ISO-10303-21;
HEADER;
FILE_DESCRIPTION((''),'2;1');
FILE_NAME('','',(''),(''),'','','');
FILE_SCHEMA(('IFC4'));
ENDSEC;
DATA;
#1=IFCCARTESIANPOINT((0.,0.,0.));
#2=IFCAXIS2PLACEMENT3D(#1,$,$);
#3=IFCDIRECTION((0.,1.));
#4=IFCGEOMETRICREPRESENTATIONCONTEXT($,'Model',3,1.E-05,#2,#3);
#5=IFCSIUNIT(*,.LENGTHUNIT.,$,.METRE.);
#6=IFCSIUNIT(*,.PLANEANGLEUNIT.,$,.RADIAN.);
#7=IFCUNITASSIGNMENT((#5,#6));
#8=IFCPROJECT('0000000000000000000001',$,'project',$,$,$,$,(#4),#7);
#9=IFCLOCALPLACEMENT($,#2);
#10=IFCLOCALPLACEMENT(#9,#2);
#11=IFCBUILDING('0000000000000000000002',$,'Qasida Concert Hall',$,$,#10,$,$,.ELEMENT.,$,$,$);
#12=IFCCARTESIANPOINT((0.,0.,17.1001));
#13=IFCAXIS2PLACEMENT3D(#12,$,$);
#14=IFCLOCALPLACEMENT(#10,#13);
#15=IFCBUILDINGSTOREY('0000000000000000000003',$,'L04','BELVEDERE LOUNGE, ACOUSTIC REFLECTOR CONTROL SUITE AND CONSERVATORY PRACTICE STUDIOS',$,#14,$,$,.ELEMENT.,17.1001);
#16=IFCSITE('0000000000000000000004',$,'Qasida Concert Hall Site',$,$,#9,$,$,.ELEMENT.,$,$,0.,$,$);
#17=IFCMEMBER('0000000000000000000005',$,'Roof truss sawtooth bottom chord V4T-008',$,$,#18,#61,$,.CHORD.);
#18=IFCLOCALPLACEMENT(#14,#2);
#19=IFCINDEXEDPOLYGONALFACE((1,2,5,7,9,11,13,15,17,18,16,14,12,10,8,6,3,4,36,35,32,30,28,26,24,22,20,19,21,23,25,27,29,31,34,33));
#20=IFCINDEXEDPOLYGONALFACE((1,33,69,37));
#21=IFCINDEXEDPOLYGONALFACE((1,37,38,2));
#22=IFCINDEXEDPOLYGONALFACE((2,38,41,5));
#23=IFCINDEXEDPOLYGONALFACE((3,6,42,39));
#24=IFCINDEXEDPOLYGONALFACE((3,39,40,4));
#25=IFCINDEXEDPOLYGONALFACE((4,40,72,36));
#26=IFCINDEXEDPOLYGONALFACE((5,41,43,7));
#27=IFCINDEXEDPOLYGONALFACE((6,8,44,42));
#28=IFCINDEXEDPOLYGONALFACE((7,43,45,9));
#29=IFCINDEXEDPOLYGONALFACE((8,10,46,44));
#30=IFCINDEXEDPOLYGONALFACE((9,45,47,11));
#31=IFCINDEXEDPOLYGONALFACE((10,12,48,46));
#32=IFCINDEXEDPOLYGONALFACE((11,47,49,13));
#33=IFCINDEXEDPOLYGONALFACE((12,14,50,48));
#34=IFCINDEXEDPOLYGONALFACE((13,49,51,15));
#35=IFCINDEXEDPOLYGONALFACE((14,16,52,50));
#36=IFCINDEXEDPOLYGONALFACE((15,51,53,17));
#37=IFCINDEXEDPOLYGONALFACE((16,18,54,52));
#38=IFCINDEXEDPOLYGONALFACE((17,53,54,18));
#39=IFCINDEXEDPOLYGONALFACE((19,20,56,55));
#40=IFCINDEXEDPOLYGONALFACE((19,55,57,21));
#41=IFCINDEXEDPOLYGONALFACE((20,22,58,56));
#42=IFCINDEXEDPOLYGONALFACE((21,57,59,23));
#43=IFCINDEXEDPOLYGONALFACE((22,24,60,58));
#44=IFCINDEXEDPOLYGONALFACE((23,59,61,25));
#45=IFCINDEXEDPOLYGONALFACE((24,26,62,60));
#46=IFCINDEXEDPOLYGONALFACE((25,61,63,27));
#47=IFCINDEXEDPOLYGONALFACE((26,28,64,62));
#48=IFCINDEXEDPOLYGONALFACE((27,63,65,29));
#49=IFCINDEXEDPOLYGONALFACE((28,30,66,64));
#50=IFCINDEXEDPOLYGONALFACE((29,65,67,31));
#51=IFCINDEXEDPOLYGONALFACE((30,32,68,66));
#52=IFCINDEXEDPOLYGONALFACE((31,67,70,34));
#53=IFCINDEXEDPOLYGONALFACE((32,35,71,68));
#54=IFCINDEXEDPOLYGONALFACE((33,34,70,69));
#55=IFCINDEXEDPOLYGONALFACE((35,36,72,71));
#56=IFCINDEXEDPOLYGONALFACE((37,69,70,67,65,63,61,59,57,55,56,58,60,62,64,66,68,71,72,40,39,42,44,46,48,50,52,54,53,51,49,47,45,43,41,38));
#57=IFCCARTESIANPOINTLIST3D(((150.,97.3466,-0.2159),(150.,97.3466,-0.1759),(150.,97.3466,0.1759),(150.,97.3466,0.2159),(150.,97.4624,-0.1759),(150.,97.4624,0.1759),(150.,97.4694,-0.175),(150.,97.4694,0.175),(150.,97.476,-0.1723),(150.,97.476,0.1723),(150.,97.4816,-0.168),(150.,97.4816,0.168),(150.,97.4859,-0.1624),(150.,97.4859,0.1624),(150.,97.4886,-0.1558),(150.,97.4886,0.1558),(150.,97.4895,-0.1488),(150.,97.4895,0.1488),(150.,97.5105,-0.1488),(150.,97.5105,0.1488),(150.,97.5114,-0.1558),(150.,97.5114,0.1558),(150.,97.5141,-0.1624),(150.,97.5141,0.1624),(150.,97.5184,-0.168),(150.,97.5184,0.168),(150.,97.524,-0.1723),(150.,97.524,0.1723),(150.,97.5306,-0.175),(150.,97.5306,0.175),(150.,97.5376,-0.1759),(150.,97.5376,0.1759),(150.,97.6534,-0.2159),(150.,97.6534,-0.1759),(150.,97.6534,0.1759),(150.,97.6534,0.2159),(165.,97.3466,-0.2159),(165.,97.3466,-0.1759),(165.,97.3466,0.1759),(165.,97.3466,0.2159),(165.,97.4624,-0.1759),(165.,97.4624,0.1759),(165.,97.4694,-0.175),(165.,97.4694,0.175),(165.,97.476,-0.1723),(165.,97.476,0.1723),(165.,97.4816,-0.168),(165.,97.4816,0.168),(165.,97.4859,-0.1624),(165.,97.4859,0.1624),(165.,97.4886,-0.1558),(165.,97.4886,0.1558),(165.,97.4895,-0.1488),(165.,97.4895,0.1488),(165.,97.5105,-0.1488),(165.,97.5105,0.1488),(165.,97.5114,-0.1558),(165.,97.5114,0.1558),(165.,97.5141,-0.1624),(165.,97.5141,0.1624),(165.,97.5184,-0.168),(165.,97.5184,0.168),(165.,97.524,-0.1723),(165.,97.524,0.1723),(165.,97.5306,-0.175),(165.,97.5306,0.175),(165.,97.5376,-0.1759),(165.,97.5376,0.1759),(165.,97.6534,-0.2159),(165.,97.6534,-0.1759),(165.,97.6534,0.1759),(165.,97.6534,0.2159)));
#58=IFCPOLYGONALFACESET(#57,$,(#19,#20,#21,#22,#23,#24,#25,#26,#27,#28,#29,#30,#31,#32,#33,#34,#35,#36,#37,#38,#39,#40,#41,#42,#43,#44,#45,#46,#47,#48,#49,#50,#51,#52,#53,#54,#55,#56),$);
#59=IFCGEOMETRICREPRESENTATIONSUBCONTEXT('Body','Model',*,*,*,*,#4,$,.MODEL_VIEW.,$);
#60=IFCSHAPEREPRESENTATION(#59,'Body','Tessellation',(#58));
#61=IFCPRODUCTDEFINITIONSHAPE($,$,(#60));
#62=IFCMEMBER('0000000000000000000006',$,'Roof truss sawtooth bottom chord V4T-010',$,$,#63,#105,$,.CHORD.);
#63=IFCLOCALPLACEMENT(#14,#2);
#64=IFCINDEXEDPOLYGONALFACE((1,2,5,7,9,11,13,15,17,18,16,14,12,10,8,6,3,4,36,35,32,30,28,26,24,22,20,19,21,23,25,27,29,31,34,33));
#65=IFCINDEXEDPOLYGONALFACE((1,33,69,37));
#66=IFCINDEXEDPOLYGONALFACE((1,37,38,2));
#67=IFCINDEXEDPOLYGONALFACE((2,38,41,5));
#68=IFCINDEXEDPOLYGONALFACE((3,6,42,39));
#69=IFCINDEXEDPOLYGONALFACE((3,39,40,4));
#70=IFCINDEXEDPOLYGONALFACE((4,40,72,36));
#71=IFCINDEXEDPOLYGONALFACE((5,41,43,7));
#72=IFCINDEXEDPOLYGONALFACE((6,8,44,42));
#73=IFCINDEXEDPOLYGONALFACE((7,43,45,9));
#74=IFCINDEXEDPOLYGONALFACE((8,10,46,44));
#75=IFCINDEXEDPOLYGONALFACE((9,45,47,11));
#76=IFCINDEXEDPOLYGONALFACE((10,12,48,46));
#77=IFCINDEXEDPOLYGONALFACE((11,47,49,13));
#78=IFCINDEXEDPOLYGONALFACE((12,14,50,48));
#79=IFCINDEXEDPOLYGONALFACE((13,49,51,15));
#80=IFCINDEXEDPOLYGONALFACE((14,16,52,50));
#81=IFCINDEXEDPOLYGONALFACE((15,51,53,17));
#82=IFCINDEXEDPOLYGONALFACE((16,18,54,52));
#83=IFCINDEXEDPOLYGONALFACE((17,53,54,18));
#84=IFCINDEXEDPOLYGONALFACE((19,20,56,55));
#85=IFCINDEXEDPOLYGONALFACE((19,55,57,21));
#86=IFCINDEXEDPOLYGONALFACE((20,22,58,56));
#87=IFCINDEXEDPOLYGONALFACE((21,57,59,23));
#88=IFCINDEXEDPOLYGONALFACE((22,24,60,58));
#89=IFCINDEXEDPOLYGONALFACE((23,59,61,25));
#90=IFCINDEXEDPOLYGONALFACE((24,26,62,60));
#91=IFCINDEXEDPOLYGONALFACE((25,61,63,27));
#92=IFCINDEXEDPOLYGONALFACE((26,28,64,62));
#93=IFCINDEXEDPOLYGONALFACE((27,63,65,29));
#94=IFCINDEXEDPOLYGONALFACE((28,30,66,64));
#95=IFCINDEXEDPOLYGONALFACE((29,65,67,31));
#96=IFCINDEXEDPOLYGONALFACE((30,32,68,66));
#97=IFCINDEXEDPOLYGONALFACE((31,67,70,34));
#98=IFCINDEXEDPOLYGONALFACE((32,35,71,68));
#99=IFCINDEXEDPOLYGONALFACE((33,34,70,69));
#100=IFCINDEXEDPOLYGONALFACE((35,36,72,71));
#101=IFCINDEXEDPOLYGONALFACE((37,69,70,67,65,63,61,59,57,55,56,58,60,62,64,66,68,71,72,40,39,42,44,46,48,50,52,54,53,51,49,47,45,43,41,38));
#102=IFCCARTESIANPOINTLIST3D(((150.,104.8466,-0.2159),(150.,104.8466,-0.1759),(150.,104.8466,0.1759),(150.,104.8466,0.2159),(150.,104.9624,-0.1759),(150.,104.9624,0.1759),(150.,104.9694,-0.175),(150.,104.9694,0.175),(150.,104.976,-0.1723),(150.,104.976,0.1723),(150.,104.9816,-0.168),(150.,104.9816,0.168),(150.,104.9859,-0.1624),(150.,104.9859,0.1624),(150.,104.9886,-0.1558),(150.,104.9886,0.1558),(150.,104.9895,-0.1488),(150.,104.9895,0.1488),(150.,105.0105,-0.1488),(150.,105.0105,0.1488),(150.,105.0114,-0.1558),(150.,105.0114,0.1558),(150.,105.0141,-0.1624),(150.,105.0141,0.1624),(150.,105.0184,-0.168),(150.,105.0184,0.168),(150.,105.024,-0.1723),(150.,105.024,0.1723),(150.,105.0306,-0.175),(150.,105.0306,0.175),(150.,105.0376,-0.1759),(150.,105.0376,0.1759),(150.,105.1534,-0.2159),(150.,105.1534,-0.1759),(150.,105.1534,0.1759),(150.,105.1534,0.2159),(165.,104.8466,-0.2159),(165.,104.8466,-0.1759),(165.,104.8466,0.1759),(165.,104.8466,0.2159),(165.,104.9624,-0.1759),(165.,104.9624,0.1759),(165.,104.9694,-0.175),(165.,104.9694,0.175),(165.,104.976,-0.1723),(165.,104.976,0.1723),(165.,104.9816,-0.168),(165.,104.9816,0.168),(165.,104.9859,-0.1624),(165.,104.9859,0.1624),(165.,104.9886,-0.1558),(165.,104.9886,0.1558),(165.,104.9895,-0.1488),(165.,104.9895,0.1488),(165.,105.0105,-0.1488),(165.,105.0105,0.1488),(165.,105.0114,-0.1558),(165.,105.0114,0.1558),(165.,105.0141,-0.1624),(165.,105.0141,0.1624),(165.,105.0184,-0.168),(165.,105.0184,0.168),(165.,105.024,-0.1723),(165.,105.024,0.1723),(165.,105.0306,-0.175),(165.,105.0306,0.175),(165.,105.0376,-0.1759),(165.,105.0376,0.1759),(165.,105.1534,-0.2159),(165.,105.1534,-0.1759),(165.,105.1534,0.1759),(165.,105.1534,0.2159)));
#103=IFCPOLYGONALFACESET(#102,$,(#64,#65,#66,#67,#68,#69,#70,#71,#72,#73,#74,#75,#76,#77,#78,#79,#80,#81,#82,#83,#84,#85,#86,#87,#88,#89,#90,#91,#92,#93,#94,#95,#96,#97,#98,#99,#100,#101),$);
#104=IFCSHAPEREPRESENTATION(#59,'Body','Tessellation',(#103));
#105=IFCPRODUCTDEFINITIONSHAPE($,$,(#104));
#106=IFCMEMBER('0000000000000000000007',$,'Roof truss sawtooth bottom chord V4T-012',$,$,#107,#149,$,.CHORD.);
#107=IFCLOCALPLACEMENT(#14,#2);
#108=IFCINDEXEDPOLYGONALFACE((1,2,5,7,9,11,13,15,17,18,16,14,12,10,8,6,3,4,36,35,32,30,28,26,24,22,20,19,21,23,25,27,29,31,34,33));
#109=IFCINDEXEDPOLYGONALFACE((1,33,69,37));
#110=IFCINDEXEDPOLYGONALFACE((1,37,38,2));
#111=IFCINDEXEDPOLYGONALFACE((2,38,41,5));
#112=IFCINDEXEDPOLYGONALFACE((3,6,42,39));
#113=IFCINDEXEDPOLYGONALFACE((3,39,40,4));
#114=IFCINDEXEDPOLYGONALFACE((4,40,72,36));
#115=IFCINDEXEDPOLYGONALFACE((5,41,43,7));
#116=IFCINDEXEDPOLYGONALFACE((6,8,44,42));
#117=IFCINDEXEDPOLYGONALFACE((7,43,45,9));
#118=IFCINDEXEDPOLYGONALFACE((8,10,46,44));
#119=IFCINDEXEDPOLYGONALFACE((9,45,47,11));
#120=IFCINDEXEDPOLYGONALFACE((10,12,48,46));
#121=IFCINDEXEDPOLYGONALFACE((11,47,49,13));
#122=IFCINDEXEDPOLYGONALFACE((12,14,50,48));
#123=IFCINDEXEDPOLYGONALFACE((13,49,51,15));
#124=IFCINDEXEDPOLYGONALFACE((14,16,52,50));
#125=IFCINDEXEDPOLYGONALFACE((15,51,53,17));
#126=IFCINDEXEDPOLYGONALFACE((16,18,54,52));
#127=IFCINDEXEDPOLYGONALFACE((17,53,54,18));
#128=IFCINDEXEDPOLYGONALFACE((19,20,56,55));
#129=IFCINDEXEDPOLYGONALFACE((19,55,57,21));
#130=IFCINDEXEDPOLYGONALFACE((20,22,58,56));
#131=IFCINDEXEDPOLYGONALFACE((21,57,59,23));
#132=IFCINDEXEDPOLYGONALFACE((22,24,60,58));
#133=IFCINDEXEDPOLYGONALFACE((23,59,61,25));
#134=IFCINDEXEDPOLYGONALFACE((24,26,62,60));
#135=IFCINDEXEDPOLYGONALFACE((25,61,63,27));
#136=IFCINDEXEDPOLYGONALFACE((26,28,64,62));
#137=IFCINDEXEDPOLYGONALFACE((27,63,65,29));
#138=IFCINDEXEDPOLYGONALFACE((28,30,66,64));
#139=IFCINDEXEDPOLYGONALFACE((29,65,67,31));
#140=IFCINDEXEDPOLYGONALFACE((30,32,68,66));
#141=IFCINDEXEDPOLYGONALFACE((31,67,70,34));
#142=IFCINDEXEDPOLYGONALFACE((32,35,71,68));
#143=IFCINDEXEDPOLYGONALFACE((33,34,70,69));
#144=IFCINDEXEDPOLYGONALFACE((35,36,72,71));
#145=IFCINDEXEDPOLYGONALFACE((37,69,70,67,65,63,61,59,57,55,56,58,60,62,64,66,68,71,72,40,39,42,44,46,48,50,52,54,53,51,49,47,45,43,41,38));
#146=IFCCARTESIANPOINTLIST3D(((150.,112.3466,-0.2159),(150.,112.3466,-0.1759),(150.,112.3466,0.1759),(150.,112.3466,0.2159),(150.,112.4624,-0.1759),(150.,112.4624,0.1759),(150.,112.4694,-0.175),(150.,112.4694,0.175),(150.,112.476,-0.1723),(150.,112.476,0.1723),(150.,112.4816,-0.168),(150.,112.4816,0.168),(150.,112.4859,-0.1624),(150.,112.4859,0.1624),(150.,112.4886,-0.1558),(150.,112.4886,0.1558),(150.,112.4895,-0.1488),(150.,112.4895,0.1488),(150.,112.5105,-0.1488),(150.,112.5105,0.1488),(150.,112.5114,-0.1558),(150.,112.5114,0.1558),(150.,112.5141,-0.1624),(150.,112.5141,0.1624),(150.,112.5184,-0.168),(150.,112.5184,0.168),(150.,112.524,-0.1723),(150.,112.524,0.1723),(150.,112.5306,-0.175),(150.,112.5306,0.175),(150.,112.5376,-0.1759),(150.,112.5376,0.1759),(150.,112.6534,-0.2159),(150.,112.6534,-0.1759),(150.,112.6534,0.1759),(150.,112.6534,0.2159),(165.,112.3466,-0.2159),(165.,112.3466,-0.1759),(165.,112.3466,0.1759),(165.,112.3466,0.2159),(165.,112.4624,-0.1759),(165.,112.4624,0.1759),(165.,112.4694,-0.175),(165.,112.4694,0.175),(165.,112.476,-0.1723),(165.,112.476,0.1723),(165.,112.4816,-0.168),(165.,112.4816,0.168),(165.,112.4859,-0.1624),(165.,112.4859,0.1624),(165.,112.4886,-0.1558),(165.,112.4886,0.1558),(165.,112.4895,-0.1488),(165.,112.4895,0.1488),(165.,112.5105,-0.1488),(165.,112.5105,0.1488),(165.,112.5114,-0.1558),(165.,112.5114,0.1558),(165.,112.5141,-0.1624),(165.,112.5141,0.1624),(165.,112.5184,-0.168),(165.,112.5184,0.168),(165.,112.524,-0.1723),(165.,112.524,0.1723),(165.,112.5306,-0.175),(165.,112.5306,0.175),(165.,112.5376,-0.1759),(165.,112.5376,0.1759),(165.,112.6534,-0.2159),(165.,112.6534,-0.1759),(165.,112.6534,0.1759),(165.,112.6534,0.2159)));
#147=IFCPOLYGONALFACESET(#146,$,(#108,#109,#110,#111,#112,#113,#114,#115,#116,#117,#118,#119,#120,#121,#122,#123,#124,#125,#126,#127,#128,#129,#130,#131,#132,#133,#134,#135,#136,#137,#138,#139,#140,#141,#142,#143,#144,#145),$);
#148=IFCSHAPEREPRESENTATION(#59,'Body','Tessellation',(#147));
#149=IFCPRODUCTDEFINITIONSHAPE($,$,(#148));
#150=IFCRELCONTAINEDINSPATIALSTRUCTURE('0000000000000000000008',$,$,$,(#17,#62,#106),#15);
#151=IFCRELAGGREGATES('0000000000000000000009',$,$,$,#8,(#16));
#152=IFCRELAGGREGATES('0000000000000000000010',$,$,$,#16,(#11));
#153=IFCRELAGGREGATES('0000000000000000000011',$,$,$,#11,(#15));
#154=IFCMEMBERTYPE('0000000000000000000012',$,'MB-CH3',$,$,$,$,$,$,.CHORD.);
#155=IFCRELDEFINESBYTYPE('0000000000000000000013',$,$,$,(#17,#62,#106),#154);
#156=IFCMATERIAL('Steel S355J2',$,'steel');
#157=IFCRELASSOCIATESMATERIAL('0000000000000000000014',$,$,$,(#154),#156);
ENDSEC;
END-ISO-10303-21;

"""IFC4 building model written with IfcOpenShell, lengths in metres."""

from ifc_helpers import new_model, si_unit, direction, frame, origin, origin_2d, place, context, subcontext, project, spatial, i_section, extrude, material, material_profile, profile_set, type_object, element, save


model = new_model("IFC4")

# Units and contexts
model_context = context("Model", 3, precision=1e-05, world=origin(), true_north=direction((0.0, 1.0)))
body_context = subcontext(model_context, "Body", "Model", "MODEL_VIEW")
ifc_project = project(units=[si_unit("LENGTHUNIT", "METRE"), si_unit("PLANEANGLEUNIT", "RADIAN")], contexts=[model_context])

# Site, building, storey
site_placement = place(None, origin())
site = spatial("IfcSite", under=ifc_project, at=site_placement, Name="Qasida Concert Hall Site", CompositionType="ELEMENT", RefElevation=0.0)
building_placement = place(site_placement, origin())
building = spatial("IfcBuilding", under=site, at=building_placement, Name="Qasida Concert Hall", CompositionType="ELEMENT")
storey_placement = place(building_placement, frame((0.0, 0.0, 17.1001)))
storey = spatial("IfcBuildingStorey", under=building, at=storey_placement, Name="L04", Description="BELVEDERE LOUNGE, ACOUSTIC REFLECTOR CONTROL SUITE AND CONSERVATORY PRACTICE STUDIOS", CompositionType="ELEMENT", Elevation=17.1001)

# Members
ifc_material = material(Name="Steel S355J2", Category="steel")
ifc_material_profile_1 = material_profile(ifc_material, i_section(OverallWidth=0.3069, OverallDepth=0.4319, WebThickness=0.021, FlangeThickness=0.04, FilletRadius=0.0271, at=origin_2d()), Name="HEM 400")
ifc_profile_set_1 = profile_set([ifc_material_profile_1], Name="Steel S355J2")
member_type_1 = type_object("IfcMemberType", Name="MB-CH3", PredefinedType="CHORD", material=ifc_profile_set_1)
for number, where, z_axis, x_axis, name in (
    (1, (150.0, 97.5, 0.0), (1.0, 0.0, 0.0), (0.0, 1.0, 0.0), "Roof truss sawtooth bottom chord V4T-008"),
    (2, (150.0, 105.0, 0.0), (1.0, 0.0, 0.0), (0.0, 1.0, 0.0), "Roof truss sawtooth bottom chord V4T-010"),
    (3, (150.0, 112.5, 0.0), (1.0, 0.0, 0.0), (0.0, 1.0, 0.0), "Roof truss sawtooth bottom chord V4T-012"),
):
    element("IfcMember", number, at=place(storey_placement, frame(where, z_axis=z_axis, x_axis=x_axis)), inside=storey, type_object=member_type_1, Name=name, PredefinedType="CHORD", context=body_context, shape_type="SweptSolid", body=[
        extrude(i_section(OverallWidth=0.3069, OverallDepth=0.4319, WebThickness=0.021, FlangeThickness=0.04, FilletRadius=0.0271, at=origin_2d()), origin(), (0.0, 0.0, 1.0), 15.0),
    ])

save(model, "model.ifc")
